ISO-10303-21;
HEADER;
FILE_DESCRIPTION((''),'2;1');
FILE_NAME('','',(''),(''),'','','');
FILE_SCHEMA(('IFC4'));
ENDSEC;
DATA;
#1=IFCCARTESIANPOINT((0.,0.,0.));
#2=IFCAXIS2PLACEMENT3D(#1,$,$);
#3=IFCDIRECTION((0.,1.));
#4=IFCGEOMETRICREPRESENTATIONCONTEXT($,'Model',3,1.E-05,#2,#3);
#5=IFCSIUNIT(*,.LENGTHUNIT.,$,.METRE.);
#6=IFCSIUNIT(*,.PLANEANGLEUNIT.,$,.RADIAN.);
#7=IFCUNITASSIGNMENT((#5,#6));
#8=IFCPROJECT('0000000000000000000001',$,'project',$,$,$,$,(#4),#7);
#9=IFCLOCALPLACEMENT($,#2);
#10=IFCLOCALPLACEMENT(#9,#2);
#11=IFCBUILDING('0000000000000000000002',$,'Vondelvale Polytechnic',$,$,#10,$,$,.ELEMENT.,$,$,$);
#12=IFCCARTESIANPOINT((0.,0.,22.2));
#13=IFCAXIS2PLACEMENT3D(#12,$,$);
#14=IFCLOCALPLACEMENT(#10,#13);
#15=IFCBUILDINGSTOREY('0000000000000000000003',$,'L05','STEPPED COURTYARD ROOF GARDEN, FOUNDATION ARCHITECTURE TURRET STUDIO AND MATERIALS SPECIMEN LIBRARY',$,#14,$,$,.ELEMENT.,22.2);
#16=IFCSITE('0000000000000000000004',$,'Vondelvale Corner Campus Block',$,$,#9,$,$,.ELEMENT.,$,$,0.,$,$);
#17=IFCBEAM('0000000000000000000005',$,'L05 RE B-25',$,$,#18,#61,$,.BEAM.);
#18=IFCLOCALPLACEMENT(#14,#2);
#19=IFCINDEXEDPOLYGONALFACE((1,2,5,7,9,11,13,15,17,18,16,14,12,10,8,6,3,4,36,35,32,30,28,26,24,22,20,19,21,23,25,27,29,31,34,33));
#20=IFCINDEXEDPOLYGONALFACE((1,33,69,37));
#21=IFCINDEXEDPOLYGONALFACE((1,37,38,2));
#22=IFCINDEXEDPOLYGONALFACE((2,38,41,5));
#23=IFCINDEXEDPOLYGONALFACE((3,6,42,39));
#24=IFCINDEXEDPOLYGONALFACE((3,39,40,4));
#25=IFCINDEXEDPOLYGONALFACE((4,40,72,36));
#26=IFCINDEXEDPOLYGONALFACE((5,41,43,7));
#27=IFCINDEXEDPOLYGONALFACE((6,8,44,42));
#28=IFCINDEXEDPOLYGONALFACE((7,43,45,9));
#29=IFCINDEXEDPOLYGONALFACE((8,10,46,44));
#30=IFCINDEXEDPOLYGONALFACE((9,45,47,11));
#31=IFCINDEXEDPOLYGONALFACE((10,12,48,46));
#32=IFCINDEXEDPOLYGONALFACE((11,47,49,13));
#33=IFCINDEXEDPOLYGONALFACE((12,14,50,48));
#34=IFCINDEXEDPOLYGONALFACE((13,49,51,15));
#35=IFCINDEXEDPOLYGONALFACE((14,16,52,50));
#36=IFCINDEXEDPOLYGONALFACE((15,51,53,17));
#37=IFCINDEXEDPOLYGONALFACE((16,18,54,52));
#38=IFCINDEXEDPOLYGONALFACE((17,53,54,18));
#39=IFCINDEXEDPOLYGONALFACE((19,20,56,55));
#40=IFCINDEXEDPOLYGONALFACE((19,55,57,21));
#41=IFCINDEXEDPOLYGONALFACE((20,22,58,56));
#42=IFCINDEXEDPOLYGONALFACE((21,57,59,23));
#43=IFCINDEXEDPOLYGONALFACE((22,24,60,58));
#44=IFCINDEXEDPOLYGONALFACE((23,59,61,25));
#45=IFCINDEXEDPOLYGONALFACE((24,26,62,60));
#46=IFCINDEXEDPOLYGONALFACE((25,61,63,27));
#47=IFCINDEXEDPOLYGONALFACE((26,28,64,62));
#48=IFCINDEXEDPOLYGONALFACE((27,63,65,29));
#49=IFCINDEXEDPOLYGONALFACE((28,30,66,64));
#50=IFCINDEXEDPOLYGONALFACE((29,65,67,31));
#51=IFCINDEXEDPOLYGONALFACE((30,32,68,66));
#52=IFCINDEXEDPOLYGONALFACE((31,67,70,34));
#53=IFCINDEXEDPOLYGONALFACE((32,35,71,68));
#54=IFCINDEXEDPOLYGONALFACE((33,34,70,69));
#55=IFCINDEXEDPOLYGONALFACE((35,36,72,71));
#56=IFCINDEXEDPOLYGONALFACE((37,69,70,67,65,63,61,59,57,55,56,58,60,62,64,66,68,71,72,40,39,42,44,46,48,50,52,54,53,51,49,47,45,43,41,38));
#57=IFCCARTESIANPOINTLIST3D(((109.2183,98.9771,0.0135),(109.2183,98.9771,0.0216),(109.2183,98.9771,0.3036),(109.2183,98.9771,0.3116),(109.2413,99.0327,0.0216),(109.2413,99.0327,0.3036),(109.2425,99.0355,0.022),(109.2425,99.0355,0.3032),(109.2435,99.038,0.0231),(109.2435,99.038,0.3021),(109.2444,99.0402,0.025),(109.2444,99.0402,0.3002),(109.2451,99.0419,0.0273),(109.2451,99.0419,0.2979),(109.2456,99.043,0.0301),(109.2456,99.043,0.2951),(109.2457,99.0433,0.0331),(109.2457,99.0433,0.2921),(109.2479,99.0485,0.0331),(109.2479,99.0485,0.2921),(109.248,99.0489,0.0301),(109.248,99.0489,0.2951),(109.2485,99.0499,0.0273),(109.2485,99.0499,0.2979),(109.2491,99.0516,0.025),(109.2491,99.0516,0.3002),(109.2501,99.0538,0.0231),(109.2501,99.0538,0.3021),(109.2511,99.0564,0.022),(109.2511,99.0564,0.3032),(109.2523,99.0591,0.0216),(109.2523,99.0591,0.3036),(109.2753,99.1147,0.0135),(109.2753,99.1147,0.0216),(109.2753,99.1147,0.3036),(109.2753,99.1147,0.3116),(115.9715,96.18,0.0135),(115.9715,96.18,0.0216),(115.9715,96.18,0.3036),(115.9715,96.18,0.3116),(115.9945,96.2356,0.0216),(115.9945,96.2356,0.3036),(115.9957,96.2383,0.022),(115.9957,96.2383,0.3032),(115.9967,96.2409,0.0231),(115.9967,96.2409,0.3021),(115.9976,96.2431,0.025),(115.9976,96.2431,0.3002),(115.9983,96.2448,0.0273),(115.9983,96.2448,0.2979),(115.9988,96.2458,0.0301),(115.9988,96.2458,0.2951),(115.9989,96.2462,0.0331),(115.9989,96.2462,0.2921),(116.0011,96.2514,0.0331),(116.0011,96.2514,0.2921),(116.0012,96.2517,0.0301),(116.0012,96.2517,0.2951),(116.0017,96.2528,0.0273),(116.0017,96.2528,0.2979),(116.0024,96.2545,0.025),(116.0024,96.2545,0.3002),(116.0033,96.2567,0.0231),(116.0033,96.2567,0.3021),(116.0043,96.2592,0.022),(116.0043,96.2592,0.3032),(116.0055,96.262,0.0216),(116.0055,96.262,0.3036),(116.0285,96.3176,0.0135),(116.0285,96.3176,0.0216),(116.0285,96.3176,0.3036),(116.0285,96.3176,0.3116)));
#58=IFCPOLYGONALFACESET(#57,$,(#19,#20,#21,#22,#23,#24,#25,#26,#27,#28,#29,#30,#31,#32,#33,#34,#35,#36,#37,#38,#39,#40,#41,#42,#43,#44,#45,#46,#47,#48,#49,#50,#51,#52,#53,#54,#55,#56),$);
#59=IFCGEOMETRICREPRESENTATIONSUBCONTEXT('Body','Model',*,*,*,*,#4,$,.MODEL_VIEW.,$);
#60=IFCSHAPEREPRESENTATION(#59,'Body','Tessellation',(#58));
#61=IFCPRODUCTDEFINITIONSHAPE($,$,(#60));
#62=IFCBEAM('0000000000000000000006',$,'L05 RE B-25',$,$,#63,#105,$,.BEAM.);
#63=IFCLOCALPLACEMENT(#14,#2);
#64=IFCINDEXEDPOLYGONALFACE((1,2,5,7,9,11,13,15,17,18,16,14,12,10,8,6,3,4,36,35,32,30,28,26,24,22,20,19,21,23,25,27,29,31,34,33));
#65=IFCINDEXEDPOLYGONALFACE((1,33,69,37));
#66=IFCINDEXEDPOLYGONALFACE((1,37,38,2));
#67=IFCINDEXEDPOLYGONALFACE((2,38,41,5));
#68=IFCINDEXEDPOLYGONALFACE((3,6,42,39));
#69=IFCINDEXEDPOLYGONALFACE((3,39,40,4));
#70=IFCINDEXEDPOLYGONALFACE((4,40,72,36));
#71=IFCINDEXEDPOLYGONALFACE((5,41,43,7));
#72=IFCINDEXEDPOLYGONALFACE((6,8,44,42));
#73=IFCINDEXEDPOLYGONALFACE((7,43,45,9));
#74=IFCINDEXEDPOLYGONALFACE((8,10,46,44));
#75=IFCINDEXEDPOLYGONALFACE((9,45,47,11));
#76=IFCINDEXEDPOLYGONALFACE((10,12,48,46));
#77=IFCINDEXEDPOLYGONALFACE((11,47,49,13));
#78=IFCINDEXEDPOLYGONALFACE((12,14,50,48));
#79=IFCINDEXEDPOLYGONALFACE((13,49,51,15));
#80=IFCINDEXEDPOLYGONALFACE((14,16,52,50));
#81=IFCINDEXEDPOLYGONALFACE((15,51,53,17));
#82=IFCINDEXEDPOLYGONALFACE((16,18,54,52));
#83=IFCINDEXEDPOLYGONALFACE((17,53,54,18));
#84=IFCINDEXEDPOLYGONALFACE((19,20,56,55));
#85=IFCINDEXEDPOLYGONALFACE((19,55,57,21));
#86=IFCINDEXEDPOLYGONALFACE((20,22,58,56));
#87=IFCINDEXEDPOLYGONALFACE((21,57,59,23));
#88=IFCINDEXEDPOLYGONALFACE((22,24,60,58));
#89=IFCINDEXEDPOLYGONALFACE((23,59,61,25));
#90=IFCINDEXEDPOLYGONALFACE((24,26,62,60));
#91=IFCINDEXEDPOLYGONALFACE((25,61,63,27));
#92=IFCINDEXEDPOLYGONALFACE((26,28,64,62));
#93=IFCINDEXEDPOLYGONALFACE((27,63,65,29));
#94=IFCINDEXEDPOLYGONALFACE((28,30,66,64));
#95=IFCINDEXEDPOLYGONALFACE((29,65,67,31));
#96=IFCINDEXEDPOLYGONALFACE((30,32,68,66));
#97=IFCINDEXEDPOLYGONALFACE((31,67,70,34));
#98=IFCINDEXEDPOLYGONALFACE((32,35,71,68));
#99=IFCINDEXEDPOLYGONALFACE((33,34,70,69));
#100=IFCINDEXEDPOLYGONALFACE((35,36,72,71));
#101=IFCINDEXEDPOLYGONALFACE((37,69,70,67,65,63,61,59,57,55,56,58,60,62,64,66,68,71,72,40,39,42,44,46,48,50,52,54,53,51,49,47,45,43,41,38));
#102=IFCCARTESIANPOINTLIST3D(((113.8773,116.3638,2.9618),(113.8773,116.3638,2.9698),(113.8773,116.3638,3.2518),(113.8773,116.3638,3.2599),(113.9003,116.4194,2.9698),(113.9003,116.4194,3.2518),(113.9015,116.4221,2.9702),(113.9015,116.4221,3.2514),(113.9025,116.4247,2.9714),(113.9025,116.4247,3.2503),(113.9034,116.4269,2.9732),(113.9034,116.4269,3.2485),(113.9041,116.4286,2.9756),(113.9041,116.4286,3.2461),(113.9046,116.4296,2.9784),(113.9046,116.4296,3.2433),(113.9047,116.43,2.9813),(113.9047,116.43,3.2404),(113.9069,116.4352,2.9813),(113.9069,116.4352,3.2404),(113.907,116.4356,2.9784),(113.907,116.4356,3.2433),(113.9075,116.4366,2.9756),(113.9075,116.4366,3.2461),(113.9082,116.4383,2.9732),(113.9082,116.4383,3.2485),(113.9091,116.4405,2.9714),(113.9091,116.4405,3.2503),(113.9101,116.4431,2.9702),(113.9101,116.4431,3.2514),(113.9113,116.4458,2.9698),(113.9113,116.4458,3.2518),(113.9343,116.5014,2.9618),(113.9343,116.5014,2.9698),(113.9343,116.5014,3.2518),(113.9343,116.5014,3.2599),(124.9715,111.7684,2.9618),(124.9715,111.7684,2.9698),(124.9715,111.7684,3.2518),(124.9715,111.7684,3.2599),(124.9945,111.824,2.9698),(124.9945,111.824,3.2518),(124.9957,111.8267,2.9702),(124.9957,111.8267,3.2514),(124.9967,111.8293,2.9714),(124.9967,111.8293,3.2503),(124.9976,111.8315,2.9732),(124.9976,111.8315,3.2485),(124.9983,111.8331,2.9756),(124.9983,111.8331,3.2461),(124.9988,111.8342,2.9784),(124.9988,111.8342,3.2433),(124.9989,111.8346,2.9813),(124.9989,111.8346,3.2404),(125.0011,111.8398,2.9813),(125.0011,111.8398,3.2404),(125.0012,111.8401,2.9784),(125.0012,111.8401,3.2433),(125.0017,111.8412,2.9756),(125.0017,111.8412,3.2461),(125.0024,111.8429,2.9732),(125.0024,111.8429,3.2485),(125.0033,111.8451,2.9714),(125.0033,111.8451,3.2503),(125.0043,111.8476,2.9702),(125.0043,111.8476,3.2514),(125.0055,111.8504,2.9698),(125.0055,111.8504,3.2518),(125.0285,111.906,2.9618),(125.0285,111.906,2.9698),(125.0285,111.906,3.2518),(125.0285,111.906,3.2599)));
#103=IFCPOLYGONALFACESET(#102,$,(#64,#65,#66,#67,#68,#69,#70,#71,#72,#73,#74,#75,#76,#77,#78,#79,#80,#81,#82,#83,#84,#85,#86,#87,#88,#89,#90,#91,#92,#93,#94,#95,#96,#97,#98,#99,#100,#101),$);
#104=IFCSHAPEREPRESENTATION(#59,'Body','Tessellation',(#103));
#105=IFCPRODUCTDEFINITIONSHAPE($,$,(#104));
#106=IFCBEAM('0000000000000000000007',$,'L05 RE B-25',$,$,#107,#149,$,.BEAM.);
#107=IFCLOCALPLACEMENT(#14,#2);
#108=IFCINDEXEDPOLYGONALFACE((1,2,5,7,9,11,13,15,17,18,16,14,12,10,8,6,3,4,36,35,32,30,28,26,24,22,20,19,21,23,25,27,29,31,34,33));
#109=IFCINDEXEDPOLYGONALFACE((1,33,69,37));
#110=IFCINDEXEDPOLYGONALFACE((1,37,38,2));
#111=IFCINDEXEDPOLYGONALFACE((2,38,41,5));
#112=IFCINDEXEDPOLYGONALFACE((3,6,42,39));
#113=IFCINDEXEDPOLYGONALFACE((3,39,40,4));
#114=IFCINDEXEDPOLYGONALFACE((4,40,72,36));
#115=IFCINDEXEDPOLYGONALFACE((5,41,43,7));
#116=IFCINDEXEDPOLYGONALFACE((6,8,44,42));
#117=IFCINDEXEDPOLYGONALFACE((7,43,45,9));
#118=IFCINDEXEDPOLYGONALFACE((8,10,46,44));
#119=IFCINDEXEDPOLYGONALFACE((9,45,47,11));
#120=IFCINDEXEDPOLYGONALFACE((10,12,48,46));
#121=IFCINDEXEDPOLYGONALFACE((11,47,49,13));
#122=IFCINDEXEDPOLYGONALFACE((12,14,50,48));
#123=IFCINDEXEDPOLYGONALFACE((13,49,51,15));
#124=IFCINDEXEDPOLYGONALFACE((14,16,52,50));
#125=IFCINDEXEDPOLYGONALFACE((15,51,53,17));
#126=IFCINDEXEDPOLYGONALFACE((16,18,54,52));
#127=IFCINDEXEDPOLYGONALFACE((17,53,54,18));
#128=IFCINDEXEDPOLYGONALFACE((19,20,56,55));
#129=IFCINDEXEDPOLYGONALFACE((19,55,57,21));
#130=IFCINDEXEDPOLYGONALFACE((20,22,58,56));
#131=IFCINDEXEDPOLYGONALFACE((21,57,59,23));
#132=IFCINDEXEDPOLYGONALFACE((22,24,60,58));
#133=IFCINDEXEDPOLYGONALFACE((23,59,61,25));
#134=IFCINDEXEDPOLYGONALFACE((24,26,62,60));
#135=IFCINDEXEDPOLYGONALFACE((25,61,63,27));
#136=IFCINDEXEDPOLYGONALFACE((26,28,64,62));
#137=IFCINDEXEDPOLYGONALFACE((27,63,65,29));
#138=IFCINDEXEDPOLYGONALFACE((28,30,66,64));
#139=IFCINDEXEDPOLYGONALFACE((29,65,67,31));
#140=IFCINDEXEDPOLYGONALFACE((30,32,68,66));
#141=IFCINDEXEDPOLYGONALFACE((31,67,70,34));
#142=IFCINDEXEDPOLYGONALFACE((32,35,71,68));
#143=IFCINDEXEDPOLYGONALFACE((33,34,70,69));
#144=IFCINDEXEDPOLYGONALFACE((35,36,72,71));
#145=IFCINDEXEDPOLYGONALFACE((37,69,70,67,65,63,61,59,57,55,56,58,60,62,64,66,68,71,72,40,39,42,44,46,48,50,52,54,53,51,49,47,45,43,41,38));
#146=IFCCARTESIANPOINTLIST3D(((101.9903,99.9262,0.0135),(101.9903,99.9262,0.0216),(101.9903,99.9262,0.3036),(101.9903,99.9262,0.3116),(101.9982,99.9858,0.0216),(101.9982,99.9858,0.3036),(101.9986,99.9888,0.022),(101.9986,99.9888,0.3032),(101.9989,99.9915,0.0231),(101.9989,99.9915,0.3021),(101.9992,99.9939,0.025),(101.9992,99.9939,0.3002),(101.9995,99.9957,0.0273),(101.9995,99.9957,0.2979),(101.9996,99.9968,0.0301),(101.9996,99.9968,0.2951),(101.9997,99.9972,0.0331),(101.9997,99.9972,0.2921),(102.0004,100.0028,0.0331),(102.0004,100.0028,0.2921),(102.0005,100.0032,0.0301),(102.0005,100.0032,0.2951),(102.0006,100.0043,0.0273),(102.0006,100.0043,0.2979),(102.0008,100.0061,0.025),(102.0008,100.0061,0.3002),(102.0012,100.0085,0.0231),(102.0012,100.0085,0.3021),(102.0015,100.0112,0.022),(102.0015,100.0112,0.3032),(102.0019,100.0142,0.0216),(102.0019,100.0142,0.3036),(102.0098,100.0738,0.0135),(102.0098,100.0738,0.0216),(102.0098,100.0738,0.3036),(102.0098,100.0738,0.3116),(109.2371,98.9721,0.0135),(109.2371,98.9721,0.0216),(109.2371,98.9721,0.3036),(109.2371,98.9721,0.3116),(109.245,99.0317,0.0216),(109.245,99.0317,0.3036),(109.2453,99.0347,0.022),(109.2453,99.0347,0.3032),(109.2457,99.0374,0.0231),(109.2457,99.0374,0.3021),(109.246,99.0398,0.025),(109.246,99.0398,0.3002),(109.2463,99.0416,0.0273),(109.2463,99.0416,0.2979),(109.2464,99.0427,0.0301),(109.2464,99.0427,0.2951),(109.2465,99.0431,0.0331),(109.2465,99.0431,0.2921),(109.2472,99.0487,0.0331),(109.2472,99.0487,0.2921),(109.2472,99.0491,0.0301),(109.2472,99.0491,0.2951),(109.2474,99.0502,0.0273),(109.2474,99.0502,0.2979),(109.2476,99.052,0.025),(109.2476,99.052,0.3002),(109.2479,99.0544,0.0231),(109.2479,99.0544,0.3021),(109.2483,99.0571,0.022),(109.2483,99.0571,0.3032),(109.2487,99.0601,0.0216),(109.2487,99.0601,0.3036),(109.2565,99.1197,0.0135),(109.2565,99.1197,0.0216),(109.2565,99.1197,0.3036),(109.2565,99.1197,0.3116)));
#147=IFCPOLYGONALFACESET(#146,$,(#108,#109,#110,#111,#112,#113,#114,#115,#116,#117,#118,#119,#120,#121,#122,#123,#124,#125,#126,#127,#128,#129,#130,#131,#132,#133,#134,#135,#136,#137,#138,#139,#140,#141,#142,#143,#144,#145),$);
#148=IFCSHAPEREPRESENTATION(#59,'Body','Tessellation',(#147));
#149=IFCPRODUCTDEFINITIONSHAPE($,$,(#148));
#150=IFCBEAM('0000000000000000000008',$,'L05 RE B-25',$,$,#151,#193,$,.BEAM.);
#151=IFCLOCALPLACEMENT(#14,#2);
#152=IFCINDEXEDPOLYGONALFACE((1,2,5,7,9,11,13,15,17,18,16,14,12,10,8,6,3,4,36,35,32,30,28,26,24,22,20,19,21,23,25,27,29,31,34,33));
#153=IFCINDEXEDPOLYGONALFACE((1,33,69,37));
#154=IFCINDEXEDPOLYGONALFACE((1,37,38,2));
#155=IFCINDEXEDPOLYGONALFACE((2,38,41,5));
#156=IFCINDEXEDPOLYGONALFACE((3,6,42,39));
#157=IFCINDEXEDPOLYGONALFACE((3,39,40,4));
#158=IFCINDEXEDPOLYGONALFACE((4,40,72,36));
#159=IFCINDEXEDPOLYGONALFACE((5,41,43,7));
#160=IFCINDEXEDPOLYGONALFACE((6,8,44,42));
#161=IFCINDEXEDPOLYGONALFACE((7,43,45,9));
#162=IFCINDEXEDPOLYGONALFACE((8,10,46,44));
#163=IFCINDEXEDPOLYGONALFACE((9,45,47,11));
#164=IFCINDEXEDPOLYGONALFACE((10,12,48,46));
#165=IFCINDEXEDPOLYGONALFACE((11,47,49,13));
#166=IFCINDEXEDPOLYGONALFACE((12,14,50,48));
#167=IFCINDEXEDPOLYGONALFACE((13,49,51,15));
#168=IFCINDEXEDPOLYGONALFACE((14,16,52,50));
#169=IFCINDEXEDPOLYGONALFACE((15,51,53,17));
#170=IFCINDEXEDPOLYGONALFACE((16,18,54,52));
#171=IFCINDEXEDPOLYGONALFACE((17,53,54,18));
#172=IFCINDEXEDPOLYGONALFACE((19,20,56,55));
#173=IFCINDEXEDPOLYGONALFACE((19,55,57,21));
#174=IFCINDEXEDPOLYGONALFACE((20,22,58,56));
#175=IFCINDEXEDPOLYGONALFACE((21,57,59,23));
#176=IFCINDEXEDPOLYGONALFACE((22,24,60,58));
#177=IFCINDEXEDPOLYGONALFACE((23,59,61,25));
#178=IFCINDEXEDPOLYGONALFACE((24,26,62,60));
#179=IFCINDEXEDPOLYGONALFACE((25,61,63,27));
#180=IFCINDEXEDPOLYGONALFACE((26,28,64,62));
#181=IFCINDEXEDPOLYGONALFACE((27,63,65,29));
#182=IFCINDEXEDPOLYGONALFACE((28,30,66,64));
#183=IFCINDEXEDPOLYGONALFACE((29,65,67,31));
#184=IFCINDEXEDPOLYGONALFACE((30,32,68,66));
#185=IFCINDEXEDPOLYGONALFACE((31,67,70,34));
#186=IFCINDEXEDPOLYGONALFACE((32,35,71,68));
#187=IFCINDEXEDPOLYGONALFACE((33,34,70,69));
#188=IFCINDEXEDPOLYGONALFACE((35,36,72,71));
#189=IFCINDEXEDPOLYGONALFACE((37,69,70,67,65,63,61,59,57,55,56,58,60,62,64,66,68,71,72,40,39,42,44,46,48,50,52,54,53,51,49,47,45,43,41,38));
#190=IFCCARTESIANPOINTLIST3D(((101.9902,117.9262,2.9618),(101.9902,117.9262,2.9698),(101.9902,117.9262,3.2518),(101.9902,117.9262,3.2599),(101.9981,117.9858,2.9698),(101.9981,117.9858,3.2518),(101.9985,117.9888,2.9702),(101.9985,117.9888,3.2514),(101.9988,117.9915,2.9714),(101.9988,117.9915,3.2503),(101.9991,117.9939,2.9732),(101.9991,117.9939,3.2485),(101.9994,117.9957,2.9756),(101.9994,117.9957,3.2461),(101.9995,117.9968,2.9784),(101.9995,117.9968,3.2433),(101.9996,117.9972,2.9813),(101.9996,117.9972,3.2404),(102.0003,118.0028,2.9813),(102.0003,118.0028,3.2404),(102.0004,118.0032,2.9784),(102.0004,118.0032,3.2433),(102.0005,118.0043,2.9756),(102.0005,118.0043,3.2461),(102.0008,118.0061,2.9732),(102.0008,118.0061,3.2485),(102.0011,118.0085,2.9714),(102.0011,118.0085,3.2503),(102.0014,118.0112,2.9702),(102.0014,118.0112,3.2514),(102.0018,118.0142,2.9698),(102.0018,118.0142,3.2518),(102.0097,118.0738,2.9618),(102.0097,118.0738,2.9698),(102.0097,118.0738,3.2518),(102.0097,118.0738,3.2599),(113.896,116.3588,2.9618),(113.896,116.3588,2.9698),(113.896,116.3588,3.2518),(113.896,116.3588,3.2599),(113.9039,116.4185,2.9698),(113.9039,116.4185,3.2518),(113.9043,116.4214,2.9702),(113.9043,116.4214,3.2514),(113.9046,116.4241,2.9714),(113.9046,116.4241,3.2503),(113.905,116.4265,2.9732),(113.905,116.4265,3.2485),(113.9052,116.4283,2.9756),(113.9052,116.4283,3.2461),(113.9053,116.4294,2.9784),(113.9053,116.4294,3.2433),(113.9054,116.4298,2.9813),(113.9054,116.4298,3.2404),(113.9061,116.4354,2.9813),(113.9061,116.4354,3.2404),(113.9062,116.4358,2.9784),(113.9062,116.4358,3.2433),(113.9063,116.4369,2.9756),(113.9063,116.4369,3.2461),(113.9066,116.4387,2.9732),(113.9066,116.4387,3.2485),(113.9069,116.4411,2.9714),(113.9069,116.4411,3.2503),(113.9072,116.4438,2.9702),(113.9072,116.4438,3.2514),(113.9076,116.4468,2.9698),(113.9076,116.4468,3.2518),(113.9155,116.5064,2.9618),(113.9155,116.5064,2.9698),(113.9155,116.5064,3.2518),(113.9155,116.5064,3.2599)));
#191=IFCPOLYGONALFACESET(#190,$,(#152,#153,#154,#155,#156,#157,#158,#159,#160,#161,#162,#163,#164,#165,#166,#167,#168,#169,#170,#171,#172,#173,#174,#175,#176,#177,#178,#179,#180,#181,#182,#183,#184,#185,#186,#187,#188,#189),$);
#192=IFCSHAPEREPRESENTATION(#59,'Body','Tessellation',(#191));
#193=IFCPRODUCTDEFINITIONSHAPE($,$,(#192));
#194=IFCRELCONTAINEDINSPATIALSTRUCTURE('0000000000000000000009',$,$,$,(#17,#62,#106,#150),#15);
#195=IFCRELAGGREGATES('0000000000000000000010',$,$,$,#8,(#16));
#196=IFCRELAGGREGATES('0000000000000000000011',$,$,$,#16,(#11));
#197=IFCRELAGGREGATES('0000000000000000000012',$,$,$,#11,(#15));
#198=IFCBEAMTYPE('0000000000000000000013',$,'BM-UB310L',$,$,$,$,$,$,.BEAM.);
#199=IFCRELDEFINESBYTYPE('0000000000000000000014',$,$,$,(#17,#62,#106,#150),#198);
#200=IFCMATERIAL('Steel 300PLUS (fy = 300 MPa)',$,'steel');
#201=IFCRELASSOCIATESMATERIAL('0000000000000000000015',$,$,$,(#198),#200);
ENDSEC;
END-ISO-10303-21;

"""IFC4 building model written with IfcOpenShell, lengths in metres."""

from ifc_helpers import new_model, si_unit, direction, frame, origin, origin_2d, place, context, subcontext, project, spatial, i_section, extrude, material, material_profile, profile_set, type_object, element, save


model = new_model("IFC4")

# Units and contexts
model_context = context("Model", 3, precision=1e-05, world=origin(), true_north=direction((0.0, 1.0)))
body_context = subcontext(model_context, "Body", "Model", "MODEL_VIEW")
ifc_project = project(units=[si_unit("LENGTHUNIT", "METRE"), si_unit("PLANEANGLEUNIT", "RADIAN")], contexts=[model_context])

# Site, building, storey
site_placement = place(None, origin())
site = spatial("IfcSite", under=ifc_project, at=site_placement, Name="Vondelvale Corner Campus Block", CompositionType="ELEMENT", RefElevation=0.0)
building_placement = place(site_placement, origin())
building = spatial("IfcBuilding", under=site, at=building_placement, Name="Vondelvale Polytechnic", CompositionType="ELEMENT")
storey_placement = place(building_placement, frame((0.0, 0.0, 22.2)))
storey = spatial("IfcBuildingStorey", under=building, at=storey_placement, Name="L05", Description="STEPPED COURTYARD ROOF GARDEN, FOUNDATION ARCHITECTURE TURRET STUDIO AND MATERIALS SPECIMEN LIBRARY", CompositionType="ELEMENT", Elevation=22.2)

# Beams
ifc_material_1 = material(Name="Steel 300PLUS (fy = 300 MPa)", Category="steel")
ifc_material_profile_1 = material_profile(ifc_material_1, i_section(OverallWidth=0.1489, OverallDepth=0.2981, WebThickness=0.0056, FlangeThickness=0.0081, FilletRadius=0.0115, at=origin_2d()), Name="310UB32.0")
ifc_profile_set_1 = profile_set([ifc_material_profile_1], Name="Steel 300PLUS (fy = 300 MPa)")
beam_type_1 = type_object("IfcBeamType", Name="BM-UB310L", PredefinedType="BEAM", material=ifc_profile_set_1)
beam_1_placement = place(storey_placement, frame((116.0, 96.2488, 0.1626), z_axis=(-0.923886, 0.382667, 0.0), x_axis=(-0.382667, -0.923886, 0.0)))
element("IfcBeam", 1, at=beam_1_placement, inside=storey, type_object=beam_type_1, Name="L05 RE B-25", PredefinedType="BEAM", context=body_context, shape_type="SweptSolid", body=[
    extrude(i_section(OverallWidth=0.1489, OverallDepth=0.2981, WebThickness=0.0056, FlangeThickness=0.0081, FilletRadius=0.0115, at=origin_2d()), origin(), (0.0, 0.0, 1.0), 7.3096),
])
beam_2_placement = place(storey_placement, frame((125.0, 111.8372, 3.1108), z_axis=(-0.923877, 0.382689, 0.0), x_axis=(-0.382689, -0.923877, 0.0)))
element("IfcBeam", 2, at=beam_2_placement, inside=storey, type_object=beam_type_1, Name="L05 RE B-25", PredefinedType="BEAM", context=body_context, shape_type="SweptSolid", body=[
    extrude(i_section(OverallWidth=0.1489, OverallDepth=0.2981, WebThickness=0.0056, FlangeThickness=0.0081, FilletRadius=0.0115, at=origin_2d()), origin(), (0.0, 0.0, 1.0), 12.0083),
])
beam_3_placement = place(storey_placement, frame((109.2468, 99.0459, 0.1626), z_axis=(-0.991444, 0.130531, 0.0), x_axis=(-0.130531, -0.991444, 0.0)))
element("IfcBeam", 3, at=beam_3_placement, inside=storey, type_object=beam_type_1, Name="L05 RE B-25", PredefinedType="BEAM", context=body_context, shape_type="SweptSolid", body=[
    extrude(i_section(OverallWidth=0.1489, OverallDepth=0.2981, WebThickness=0.0056, FlangeThickness=0.0081, FilletRadius=0.0115, at=origin_2d()), origin(), (0.0, 0.0, 1.0), 7.3093),
])
beam_4_placement = place(storey_placement, frame((113.9058, 116.4326, 3.1108), z_axis=(-0.991445, 0.130523, 0.0), x_axis=(-0.130523, -0.991445, 0.0)))
element("IfcBeam", 4, at=beam_4_placement, inside=storey, type_object=beam_type_1, Name="L05 RE B-25", PredefinedType="BEAM", context=body_context, shape_type="SweptSolid", body=[
    extrude(i_section(OverallWidth=0.1489, OverallDepth=0.2981, WebThickness=0.0056, FlangeThickness=0.0081, FilletRadius=0.0115, at=origin_2d()), origin(), (0.0, 0.0, 1.0), 12.0085),
])

save(model, "model.ifc")
